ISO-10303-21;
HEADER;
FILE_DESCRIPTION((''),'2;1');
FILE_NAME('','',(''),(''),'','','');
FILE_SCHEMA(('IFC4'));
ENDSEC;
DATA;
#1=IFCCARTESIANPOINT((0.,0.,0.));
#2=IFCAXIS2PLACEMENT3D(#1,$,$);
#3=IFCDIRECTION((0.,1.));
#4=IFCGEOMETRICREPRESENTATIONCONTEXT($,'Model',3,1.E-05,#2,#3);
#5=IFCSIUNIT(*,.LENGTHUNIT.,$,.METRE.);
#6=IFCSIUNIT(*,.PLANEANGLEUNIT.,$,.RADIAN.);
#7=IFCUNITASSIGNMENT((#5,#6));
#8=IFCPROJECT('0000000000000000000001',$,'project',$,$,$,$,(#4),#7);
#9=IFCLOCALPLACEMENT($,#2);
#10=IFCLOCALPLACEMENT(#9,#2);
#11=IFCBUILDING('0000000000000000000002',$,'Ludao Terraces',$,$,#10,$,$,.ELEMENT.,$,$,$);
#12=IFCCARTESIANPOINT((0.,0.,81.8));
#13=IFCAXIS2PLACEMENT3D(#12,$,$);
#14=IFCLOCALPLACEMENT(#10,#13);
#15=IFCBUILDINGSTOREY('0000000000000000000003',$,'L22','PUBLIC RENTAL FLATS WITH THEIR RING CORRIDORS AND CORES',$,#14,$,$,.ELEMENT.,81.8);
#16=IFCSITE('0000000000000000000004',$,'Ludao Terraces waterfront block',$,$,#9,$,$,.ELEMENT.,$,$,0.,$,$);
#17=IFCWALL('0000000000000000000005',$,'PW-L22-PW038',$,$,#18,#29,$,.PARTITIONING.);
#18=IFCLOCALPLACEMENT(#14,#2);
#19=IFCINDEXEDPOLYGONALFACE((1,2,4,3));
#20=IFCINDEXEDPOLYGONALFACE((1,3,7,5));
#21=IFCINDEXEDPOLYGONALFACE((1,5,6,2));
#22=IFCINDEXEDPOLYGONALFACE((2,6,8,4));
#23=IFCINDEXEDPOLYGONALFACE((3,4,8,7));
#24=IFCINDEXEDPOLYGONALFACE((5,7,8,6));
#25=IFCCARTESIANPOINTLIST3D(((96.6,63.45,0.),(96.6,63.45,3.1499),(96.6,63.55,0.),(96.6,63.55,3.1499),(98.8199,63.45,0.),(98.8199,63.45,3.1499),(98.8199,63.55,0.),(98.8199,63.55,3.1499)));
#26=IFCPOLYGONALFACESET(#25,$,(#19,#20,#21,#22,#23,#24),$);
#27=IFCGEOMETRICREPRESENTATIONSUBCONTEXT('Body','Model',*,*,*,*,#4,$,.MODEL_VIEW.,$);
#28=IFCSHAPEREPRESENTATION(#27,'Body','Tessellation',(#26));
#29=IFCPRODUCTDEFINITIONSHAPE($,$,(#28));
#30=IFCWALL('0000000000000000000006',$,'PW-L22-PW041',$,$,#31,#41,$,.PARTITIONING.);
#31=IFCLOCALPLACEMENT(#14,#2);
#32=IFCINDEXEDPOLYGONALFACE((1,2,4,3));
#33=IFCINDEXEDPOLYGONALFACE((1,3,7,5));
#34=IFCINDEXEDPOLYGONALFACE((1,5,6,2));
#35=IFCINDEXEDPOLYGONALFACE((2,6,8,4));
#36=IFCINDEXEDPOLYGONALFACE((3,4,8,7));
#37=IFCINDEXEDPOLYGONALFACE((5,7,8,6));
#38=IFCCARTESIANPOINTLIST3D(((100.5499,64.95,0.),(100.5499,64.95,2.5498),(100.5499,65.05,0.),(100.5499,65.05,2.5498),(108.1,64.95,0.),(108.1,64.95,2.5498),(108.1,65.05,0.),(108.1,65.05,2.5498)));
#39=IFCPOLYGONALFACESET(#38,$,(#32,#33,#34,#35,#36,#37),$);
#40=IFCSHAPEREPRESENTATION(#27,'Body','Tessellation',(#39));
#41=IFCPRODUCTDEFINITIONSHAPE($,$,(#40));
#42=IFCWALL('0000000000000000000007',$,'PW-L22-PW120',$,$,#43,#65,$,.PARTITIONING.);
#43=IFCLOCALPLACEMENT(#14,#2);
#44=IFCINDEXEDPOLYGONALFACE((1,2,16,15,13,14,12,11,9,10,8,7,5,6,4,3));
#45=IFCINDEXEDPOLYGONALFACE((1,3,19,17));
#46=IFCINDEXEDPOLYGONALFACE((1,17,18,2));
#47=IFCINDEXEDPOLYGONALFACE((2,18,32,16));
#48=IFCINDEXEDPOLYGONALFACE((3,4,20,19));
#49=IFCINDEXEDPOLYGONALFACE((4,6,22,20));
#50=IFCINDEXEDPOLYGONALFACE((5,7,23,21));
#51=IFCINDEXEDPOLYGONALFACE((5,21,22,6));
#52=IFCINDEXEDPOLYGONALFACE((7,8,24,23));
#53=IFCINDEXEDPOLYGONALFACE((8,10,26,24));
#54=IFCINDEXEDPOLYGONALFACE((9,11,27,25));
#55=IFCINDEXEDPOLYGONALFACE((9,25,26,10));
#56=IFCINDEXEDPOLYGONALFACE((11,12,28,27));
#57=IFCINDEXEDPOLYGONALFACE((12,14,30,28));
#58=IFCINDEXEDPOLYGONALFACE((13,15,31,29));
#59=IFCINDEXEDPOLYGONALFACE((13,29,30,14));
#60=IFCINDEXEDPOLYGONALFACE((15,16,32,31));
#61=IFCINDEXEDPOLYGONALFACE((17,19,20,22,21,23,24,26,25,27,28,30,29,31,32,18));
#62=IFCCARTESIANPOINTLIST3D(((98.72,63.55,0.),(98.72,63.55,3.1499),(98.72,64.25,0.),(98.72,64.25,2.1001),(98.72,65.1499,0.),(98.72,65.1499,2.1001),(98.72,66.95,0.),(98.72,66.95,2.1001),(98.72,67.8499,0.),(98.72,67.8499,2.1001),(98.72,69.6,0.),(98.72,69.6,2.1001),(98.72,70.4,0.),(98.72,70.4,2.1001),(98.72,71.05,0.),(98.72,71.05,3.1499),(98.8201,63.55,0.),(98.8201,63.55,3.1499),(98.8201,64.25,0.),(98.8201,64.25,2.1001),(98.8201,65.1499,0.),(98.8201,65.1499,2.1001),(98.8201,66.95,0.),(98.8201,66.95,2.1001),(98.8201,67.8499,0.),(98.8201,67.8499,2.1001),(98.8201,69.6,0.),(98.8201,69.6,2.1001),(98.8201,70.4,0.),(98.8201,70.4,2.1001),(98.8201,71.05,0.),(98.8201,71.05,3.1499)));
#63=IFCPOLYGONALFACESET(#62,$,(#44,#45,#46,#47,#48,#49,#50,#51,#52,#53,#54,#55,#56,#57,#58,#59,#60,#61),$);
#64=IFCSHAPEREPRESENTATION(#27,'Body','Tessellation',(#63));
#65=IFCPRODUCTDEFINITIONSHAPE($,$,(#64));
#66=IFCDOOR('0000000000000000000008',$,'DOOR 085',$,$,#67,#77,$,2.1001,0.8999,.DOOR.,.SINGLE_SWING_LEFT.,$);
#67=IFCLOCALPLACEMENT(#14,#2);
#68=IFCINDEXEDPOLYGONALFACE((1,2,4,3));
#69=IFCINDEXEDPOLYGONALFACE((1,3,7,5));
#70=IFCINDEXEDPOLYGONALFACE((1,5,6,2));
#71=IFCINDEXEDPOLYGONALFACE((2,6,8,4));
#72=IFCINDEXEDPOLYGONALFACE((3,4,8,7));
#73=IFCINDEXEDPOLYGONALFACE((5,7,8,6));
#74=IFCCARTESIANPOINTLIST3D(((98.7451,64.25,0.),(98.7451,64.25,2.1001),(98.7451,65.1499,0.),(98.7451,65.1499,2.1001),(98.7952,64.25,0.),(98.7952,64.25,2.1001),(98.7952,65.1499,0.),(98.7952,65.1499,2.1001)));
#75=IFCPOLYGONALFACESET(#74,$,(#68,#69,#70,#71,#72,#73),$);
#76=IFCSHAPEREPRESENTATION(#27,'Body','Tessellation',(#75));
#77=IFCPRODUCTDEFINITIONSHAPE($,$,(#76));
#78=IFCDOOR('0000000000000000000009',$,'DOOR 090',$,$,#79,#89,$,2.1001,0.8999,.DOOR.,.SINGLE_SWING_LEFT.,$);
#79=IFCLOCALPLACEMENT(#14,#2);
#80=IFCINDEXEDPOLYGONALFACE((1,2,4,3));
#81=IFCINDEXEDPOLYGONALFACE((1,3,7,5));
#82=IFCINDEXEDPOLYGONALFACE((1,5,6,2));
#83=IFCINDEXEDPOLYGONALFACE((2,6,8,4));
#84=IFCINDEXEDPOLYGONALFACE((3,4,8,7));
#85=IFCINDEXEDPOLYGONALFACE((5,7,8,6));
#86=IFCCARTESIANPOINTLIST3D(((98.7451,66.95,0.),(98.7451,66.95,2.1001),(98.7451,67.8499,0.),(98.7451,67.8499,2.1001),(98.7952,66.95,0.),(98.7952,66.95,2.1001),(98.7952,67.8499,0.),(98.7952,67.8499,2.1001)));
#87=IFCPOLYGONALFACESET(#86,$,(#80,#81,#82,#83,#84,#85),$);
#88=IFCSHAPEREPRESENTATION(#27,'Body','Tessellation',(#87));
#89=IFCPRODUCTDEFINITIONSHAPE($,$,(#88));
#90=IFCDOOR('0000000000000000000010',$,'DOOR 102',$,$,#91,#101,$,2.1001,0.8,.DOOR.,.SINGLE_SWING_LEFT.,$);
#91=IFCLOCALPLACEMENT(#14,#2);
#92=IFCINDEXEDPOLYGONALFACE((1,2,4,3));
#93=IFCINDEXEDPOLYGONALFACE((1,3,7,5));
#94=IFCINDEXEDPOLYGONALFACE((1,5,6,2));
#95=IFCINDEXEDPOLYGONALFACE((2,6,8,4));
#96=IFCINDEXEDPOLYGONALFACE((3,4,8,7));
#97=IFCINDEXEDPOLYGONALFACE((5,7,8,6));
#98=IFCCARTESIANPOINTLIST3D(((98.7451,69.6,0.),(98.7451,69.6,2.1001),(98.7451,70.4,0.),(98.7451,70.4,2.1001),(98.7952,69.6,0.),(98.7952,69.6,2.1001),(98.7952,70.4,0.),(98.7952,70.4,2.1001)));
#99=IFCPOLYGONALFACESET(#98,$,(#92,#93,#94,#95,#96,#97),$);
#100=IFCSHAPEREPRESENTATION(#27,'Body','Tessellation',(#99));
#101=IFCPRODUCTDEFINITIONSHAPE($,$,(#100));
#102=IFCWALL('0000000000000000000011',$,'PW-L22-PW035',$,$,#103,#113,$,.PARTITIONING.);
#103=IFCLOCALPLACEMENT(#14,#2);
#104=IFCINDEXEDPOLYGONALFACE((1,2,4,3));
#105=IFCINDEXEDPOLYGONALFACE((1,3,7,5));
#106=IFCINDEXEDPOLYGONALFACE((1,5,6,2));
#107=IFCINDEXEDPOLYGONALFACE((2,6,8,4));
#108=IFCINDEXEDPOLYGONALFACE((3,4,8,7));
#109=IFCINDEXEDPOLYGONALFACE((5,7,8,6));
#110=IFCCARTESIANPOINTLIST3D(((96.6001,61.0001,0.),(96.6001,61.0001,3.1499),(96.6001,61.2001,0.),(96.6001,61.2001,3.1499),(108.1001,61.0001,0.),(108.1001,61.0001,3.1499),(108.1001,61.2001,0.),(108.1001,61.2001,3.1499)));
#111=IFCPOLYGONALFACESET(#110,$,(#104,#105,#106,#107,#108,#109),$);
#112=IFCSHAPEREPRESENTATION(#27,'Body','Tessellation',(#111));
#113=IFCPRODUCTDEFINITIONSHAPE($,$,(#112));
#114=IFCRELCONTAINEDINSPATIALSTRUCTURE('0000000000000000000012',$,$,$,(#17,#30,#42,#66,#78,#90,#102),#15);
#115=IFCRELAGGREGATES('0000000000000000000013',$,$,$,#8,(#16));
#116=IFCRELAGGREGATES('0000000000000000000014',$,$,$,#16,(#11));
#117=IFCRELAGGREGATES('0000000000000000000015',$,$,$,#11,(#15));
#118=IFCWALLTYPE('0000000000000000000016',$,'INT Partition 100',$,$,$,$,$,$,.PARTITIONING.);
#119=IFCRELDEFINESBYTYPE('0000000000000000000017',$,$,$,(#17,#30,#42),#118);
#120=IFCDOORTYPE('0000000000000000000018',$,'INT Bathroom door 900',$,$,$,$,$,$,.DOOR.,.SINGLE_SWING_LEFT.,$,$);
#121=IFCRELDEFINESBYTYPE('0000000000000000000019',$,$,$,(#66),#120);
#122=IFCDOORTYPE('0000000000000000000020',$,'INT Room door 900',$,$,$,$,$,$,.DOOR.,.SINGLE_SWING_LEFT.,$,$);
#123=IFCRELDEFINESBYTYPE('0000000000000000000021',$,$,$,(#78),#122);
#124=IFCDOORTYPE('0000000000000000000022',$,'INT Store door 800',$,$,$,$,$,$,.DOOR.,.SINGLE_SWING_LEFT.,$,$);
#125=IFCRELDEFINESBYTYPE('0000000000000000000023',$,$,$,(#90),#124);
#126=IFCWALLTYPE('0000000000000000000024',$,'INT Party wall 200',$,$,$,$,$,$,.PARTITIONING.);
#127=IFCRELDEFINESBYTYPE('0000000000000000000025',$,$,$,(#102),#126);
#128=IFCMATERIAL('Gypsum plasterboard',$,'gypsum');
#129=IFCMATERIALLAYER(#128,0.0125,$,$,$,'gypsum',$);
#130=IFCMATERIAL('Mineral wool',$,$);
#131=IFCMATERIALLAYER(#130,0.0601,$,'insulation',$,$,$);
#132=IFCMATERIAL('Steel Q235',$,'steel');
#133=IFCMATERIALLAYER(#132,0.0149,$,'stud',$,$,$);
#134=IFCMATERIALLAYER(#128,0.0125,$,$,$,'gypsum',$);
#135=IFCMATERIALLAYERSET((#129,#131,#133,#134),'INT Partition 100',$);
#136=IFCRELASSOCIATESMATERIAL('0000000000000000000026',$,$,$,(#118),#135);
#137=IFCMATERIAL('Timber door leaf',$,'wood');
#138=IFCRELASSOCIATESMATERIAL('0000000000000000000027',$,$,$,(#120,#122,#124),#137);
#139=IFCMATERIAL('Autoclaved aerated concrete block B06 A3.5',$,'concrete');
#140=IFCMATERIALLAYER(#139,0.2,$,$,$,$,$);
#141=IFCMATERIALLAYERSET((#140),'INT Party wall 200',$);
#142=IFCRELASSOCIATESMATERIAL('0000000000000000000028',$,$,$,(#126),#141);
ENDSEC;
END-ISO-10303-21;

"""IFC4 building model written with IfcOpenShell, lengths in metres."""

from ifc_helpers import new_model, si_unit, direction, frame, frame_2d, origin, place, context, subcontext, project, spatial, rectangle, extrude, material, layer, layer_set, type_object, element, fill, save


model = new_model("IFC4")

# Units and contexts
model_context = context("Model", 3, precision=1e-05, world=origin(), true_north=direction((0.0, 1.0)))
body_context = subcontext(model_context, "Body", "Model", "MODEL_VIEW")
ifc_project = project(units=[si_unit("LENGTHUNIT", "METRE"), si_unit("PLANEANGLEUNIT", "RADIAN")], contexts=[model_context])

# Site, building, storey
site_placement = place(None, origin())
site = spatial("IfcSite", under=ifc_project, at=site_placement, Name="Ludao Terraces waterfront block", CompositionType="ELEMENT", RefElevation=0.0)
building_placement = place(site_placement, origin())
building = spatial("IfcBuilding", under=site, at=building_placement, Name="Ludao Terraces", CompositionType="ELEMENT")
storey_placement = place(building_placement, frame((0.0, 0.0, 81.8)))
storey = spatial("IfcBuildingStorey", under=building, at=storey_placement, Name="L22", Description="PUBLIC RENTAL FLATS WITH THEIR RING CORRIDORS AND CORES", CompositionType="ELEMENT", Elevation=81.8)

# Shared definitions
ifc_material_1 = material(Name="Mineral wool")

# Walls
ifc_material_2 = material(Name="Gypsum plasterboard", Category="gypsum")
ifc_layer_1 = layer(ifc_material_2, 0.0125, Category="gypsum")
ifc_layer_2 = layer(ifc_material_1, 0.0601, Name="insulation")
ifc_material_3 = material(Name="Steel Q235", Category="steel")
ifc_layer_3 = layer(ifc_material_3, 0.0149, Name="stud")
ifc_layer_4 = layer(ifc_material_2, 0.0125, Category="gypsum")
ifc_layer_set_1 = layer_set([ifc_layer_1, ifc_layer_2, ifc_layer_3, ifc_layer_4], Name="INT Partition 100")
wall_type_1 = type_object("IfcWallType", Name="INT Partition 100", PredefinedType="PARTITIONING", material=ifc_layer_set_1)
for number, where, z_axis, x_axis, name in (
    (1, (96.6001, 63.5, 0.0), (0.0, 0.0, 1.0), (1.0, 0.0, 0.0), "PW-L22-PW038"),
):
    element("IfcWall", number, at=place(storey_placement, frame(where, z_axis=z_axis, x_axis=x_axis)), inside=storey, type_object=wall_type_1, Name=name, PredefinedType="PARTITIONING", context=body_context, shape_type="SweptSolid", body=[
        extrude(rectangle(XDim=2.22, YDim=0.1001, at=frame_2d((1.1099, 0.0))), origin(), (0.0, 0.0, 1.0), 3.1499),
    ])
wall_1_placement = place(storey_placement, frame((100.55, 65.0, 0.0), z_axis=(0.0, 0.0, 1.0), x_axis=(1.0, 0.0, 0.0)))
element("IfcWall", 2, at=wall_1_placement, inside=storey, type_object=wall_type_1, Name="PW-L22-PW041", PredefinedType="PARTITIONING", context=body_context, shape_type="SweptSolid", body=[
    extrude(rectangle(XDim=7.55, YDim=0.1001, at=frame_2d((3.7749, 0.0))), origin(), (0.0, 0.0, 1.0), 2.5498),
])

# Wall, openings, doors
wall_2_placement = place(storey_placement, frame((98.77, 63.55, 0.0), z_axis=(0.0, 0.0, 1.0), x_axis=(0.0, 1.0, 0.0)))
wall_2 = element("IfcWall", 3, at=wall_2_placement, inside=storey, type_object=wall_type_1, Name="PW-L22-PW120", PredefinedType="PARTITIONING", context=body_context, shape_type="SweptSolid", body=[
    extrude(rectangle(XDim=7.5, YDim=0.1001, at=frame_2d((3.75, 0.0))), origin(), (0.0, 0.0, 1.0), 3.1499),
])
opening_1_placement = place(wall_2_placement, frame((0.7, 0.0, 0.0)))
opening_1 = element("IfcOpeningElement", 4, at=opening_1_placement, cuts=wall_2, PredefinedType="OPENING", context=body_context, shape_type="SweptSolid", body=[
    extrude(rectangle(XDim=0.8999, YDim=2.1001, at=frame_2d((0.45, 1.05))), frame((0.0, 0.0601, 0.0), z_axis=(0.0, -1.0, 0.0), x_axis=(1.0, 0.0, 0.0)), (0.0, 0.0, 1.0), 0.1201),
])
opening_2_placement = place(wall_2_placement, frame((3.3999, 0.0, 0.0)))
opening_2 = element("IfcOpeningElement", 5, at=opening_2_placement, cuts=wall_2, PredefinedType="OPENING", context=body_context, shape_type="SweptSolid", body=[
    extrude(rectangle(XDim=0.8999, YDim=2.1001, at=frame_2d((0.45, 1.05))), frame((0.0, 0.0601, 0.0), z_axis=(0.0, -1.0, 0.0), x_axis=(1.0, 0.0, 0.0)), (0.0, 0.0, 1.0), 0.1201),
])
opening_3_placement = place(wall_2_placement, frame((6.05, 0.0, 0.0)))
opening_3 = element("IfcOpeningElement", 6, at=opening_3_placement, cuts=wall_2, PredefinedType="OPENING", context=body_context, shape_type="SweptSolid", body=[
    extrude(rectangle(XDim=0.8, YDim=2.1001, at=frame_2d((0.3999, 1.05))), frame((0.0, 0.0601, 0.0), z_axis=(0.0, -1.0, 0.0), x_axis=(1.0, 0.0, 0.0)), (0.0, 0.0, 1.0), 0.1201),
])
ifc_material_4 = material(Name="Timber door leaf", Category="wood")
door_type_1 = type_object("IfcDoorType", Name="INT Bathroom door 900", OperationType="SINGLE_SWING_LEFT", PredefinedType="DOOR", material=ifc_material_4)
door_1_placement = place(opening_1_placement, origin())
door_1 = element("IfcDoor", 7, at=door_1_placement, inside=storey, type_object=door_type_1, Name="DOOR 085", OperationType="SINGLE_SWING_LEFT", OverallHeight=2.1001, OverallWidth=0.8999, PredefinedType="DOOR", context=body_context, shape_type="SweptSolid", body=[
    extrude(rectangle(XDim=0.8999, YDim=2.1001, at=frame_2d((0.45, 1.05))), frame((0.0, 0.0249, 0.0), z_axis=(0.0, -1.0, 0.0), x_axis=(1.0, 0.0, 0.0)), (0.0, 0.0, 1.0), 0.05),
])
fill(opening_1, door_1)
door_type_2 = type_object("IfcDoorType", Name="INT Room door 900", OperationType="SINGLE_SWING_LEFT", PredefinedType="DOOR", material=ifc_material_4)
door_2_placement = place(opening_2_placement, origin())
door_2 = element("IfcDoor", 8, at=door_2_placement, inside=storey, type_object=door_type_2, Name="DOOR 090", OperationType="SINGLE_SWING_LEFT", OverallHeight=2.1001, OverallWidth=0.8999, PredefinedType="DOOR", context=body_context, shape_type="SweptSolid", body=[
    extrude(rectangle(XDim=0.8999, YDim=2.1001, at=frame_2d((0.45, 1.05))), frame((0.0, 0.0249, 0.0), z_axis=(0.0, -1.0, 0.0), x_axis=(1.0, 0.0, 0.0)), (0.0, 0.0, 1.0), 0.05),
])
fill(opening_2, door_2)
door_type_3 = type_object("IfcDoorType", Name="INT Store door 800", OperationType="SINGLE_SWING_LEFT", PredefinedType="DOOR", material=ifc_material_4)
door_3_placement = place(opening_3_placement, origin())
door_3 = element("IfcDoor", 9, at=door_3_placement, inside=storey, type_object=door_type_3, Name="DOOR 102", OperationType="SINGLE_SWING_LEFT", OverallHeight=2.1001, OverallWidth=0.8, PredefinedType="DOOR", context=body_context, shape_type="SweptSolid", body=[
    extrude(rectangle(XDim=0.8, YDim=2.1001, at=frame_2d((0.3999, 1.05))), frame((0.0, 0.0249, 0.0), z_axis=(0.0, -1.0, 0.0), x_axis=(1.0, 0.0, 0.0)), (0.0, 0.0, 1.0), 0.05),
])
fill(opening_3, door_3)

# Wall
ifc_material_5 = material(Name="Autoclaved aerated concrete block B06 A3.5", Category="concrete")
ifc_layer_5 = layer(ifc_material_5, 0.2)
ifc_layer_set_2 = layer_set([ifc_layer_5], Name="INT Party wall 200")
wall_type_2 = type_object("IfcWallType", Name="INT Party wall 200", PredefinedType="PARTITIONING", material=ifc_layer_set_2)
wall_3_placement = place(storey_placement, frame((96.6001, 61.1001, 0.0), z_axis=(0.0, 0.0, 1.0), x_axis=(1.0, 0.0, 0.0)))
element("IfcWall", 10, at=wall_3_placement, inside=storey, type_object=wall_type_2, Name="PW-L22-PW035", PredefinedType="PARTITIONING", context=body_context, shape_type="SweptSolid", body=[
    extrude(rectangle(XDim=11.5, YDim=0.2, at=frame_2d((5.75, 0.0))), origin(), (0.0, 0.0, 1.0), 3.1499),
])

save(model, "model.ifc")
